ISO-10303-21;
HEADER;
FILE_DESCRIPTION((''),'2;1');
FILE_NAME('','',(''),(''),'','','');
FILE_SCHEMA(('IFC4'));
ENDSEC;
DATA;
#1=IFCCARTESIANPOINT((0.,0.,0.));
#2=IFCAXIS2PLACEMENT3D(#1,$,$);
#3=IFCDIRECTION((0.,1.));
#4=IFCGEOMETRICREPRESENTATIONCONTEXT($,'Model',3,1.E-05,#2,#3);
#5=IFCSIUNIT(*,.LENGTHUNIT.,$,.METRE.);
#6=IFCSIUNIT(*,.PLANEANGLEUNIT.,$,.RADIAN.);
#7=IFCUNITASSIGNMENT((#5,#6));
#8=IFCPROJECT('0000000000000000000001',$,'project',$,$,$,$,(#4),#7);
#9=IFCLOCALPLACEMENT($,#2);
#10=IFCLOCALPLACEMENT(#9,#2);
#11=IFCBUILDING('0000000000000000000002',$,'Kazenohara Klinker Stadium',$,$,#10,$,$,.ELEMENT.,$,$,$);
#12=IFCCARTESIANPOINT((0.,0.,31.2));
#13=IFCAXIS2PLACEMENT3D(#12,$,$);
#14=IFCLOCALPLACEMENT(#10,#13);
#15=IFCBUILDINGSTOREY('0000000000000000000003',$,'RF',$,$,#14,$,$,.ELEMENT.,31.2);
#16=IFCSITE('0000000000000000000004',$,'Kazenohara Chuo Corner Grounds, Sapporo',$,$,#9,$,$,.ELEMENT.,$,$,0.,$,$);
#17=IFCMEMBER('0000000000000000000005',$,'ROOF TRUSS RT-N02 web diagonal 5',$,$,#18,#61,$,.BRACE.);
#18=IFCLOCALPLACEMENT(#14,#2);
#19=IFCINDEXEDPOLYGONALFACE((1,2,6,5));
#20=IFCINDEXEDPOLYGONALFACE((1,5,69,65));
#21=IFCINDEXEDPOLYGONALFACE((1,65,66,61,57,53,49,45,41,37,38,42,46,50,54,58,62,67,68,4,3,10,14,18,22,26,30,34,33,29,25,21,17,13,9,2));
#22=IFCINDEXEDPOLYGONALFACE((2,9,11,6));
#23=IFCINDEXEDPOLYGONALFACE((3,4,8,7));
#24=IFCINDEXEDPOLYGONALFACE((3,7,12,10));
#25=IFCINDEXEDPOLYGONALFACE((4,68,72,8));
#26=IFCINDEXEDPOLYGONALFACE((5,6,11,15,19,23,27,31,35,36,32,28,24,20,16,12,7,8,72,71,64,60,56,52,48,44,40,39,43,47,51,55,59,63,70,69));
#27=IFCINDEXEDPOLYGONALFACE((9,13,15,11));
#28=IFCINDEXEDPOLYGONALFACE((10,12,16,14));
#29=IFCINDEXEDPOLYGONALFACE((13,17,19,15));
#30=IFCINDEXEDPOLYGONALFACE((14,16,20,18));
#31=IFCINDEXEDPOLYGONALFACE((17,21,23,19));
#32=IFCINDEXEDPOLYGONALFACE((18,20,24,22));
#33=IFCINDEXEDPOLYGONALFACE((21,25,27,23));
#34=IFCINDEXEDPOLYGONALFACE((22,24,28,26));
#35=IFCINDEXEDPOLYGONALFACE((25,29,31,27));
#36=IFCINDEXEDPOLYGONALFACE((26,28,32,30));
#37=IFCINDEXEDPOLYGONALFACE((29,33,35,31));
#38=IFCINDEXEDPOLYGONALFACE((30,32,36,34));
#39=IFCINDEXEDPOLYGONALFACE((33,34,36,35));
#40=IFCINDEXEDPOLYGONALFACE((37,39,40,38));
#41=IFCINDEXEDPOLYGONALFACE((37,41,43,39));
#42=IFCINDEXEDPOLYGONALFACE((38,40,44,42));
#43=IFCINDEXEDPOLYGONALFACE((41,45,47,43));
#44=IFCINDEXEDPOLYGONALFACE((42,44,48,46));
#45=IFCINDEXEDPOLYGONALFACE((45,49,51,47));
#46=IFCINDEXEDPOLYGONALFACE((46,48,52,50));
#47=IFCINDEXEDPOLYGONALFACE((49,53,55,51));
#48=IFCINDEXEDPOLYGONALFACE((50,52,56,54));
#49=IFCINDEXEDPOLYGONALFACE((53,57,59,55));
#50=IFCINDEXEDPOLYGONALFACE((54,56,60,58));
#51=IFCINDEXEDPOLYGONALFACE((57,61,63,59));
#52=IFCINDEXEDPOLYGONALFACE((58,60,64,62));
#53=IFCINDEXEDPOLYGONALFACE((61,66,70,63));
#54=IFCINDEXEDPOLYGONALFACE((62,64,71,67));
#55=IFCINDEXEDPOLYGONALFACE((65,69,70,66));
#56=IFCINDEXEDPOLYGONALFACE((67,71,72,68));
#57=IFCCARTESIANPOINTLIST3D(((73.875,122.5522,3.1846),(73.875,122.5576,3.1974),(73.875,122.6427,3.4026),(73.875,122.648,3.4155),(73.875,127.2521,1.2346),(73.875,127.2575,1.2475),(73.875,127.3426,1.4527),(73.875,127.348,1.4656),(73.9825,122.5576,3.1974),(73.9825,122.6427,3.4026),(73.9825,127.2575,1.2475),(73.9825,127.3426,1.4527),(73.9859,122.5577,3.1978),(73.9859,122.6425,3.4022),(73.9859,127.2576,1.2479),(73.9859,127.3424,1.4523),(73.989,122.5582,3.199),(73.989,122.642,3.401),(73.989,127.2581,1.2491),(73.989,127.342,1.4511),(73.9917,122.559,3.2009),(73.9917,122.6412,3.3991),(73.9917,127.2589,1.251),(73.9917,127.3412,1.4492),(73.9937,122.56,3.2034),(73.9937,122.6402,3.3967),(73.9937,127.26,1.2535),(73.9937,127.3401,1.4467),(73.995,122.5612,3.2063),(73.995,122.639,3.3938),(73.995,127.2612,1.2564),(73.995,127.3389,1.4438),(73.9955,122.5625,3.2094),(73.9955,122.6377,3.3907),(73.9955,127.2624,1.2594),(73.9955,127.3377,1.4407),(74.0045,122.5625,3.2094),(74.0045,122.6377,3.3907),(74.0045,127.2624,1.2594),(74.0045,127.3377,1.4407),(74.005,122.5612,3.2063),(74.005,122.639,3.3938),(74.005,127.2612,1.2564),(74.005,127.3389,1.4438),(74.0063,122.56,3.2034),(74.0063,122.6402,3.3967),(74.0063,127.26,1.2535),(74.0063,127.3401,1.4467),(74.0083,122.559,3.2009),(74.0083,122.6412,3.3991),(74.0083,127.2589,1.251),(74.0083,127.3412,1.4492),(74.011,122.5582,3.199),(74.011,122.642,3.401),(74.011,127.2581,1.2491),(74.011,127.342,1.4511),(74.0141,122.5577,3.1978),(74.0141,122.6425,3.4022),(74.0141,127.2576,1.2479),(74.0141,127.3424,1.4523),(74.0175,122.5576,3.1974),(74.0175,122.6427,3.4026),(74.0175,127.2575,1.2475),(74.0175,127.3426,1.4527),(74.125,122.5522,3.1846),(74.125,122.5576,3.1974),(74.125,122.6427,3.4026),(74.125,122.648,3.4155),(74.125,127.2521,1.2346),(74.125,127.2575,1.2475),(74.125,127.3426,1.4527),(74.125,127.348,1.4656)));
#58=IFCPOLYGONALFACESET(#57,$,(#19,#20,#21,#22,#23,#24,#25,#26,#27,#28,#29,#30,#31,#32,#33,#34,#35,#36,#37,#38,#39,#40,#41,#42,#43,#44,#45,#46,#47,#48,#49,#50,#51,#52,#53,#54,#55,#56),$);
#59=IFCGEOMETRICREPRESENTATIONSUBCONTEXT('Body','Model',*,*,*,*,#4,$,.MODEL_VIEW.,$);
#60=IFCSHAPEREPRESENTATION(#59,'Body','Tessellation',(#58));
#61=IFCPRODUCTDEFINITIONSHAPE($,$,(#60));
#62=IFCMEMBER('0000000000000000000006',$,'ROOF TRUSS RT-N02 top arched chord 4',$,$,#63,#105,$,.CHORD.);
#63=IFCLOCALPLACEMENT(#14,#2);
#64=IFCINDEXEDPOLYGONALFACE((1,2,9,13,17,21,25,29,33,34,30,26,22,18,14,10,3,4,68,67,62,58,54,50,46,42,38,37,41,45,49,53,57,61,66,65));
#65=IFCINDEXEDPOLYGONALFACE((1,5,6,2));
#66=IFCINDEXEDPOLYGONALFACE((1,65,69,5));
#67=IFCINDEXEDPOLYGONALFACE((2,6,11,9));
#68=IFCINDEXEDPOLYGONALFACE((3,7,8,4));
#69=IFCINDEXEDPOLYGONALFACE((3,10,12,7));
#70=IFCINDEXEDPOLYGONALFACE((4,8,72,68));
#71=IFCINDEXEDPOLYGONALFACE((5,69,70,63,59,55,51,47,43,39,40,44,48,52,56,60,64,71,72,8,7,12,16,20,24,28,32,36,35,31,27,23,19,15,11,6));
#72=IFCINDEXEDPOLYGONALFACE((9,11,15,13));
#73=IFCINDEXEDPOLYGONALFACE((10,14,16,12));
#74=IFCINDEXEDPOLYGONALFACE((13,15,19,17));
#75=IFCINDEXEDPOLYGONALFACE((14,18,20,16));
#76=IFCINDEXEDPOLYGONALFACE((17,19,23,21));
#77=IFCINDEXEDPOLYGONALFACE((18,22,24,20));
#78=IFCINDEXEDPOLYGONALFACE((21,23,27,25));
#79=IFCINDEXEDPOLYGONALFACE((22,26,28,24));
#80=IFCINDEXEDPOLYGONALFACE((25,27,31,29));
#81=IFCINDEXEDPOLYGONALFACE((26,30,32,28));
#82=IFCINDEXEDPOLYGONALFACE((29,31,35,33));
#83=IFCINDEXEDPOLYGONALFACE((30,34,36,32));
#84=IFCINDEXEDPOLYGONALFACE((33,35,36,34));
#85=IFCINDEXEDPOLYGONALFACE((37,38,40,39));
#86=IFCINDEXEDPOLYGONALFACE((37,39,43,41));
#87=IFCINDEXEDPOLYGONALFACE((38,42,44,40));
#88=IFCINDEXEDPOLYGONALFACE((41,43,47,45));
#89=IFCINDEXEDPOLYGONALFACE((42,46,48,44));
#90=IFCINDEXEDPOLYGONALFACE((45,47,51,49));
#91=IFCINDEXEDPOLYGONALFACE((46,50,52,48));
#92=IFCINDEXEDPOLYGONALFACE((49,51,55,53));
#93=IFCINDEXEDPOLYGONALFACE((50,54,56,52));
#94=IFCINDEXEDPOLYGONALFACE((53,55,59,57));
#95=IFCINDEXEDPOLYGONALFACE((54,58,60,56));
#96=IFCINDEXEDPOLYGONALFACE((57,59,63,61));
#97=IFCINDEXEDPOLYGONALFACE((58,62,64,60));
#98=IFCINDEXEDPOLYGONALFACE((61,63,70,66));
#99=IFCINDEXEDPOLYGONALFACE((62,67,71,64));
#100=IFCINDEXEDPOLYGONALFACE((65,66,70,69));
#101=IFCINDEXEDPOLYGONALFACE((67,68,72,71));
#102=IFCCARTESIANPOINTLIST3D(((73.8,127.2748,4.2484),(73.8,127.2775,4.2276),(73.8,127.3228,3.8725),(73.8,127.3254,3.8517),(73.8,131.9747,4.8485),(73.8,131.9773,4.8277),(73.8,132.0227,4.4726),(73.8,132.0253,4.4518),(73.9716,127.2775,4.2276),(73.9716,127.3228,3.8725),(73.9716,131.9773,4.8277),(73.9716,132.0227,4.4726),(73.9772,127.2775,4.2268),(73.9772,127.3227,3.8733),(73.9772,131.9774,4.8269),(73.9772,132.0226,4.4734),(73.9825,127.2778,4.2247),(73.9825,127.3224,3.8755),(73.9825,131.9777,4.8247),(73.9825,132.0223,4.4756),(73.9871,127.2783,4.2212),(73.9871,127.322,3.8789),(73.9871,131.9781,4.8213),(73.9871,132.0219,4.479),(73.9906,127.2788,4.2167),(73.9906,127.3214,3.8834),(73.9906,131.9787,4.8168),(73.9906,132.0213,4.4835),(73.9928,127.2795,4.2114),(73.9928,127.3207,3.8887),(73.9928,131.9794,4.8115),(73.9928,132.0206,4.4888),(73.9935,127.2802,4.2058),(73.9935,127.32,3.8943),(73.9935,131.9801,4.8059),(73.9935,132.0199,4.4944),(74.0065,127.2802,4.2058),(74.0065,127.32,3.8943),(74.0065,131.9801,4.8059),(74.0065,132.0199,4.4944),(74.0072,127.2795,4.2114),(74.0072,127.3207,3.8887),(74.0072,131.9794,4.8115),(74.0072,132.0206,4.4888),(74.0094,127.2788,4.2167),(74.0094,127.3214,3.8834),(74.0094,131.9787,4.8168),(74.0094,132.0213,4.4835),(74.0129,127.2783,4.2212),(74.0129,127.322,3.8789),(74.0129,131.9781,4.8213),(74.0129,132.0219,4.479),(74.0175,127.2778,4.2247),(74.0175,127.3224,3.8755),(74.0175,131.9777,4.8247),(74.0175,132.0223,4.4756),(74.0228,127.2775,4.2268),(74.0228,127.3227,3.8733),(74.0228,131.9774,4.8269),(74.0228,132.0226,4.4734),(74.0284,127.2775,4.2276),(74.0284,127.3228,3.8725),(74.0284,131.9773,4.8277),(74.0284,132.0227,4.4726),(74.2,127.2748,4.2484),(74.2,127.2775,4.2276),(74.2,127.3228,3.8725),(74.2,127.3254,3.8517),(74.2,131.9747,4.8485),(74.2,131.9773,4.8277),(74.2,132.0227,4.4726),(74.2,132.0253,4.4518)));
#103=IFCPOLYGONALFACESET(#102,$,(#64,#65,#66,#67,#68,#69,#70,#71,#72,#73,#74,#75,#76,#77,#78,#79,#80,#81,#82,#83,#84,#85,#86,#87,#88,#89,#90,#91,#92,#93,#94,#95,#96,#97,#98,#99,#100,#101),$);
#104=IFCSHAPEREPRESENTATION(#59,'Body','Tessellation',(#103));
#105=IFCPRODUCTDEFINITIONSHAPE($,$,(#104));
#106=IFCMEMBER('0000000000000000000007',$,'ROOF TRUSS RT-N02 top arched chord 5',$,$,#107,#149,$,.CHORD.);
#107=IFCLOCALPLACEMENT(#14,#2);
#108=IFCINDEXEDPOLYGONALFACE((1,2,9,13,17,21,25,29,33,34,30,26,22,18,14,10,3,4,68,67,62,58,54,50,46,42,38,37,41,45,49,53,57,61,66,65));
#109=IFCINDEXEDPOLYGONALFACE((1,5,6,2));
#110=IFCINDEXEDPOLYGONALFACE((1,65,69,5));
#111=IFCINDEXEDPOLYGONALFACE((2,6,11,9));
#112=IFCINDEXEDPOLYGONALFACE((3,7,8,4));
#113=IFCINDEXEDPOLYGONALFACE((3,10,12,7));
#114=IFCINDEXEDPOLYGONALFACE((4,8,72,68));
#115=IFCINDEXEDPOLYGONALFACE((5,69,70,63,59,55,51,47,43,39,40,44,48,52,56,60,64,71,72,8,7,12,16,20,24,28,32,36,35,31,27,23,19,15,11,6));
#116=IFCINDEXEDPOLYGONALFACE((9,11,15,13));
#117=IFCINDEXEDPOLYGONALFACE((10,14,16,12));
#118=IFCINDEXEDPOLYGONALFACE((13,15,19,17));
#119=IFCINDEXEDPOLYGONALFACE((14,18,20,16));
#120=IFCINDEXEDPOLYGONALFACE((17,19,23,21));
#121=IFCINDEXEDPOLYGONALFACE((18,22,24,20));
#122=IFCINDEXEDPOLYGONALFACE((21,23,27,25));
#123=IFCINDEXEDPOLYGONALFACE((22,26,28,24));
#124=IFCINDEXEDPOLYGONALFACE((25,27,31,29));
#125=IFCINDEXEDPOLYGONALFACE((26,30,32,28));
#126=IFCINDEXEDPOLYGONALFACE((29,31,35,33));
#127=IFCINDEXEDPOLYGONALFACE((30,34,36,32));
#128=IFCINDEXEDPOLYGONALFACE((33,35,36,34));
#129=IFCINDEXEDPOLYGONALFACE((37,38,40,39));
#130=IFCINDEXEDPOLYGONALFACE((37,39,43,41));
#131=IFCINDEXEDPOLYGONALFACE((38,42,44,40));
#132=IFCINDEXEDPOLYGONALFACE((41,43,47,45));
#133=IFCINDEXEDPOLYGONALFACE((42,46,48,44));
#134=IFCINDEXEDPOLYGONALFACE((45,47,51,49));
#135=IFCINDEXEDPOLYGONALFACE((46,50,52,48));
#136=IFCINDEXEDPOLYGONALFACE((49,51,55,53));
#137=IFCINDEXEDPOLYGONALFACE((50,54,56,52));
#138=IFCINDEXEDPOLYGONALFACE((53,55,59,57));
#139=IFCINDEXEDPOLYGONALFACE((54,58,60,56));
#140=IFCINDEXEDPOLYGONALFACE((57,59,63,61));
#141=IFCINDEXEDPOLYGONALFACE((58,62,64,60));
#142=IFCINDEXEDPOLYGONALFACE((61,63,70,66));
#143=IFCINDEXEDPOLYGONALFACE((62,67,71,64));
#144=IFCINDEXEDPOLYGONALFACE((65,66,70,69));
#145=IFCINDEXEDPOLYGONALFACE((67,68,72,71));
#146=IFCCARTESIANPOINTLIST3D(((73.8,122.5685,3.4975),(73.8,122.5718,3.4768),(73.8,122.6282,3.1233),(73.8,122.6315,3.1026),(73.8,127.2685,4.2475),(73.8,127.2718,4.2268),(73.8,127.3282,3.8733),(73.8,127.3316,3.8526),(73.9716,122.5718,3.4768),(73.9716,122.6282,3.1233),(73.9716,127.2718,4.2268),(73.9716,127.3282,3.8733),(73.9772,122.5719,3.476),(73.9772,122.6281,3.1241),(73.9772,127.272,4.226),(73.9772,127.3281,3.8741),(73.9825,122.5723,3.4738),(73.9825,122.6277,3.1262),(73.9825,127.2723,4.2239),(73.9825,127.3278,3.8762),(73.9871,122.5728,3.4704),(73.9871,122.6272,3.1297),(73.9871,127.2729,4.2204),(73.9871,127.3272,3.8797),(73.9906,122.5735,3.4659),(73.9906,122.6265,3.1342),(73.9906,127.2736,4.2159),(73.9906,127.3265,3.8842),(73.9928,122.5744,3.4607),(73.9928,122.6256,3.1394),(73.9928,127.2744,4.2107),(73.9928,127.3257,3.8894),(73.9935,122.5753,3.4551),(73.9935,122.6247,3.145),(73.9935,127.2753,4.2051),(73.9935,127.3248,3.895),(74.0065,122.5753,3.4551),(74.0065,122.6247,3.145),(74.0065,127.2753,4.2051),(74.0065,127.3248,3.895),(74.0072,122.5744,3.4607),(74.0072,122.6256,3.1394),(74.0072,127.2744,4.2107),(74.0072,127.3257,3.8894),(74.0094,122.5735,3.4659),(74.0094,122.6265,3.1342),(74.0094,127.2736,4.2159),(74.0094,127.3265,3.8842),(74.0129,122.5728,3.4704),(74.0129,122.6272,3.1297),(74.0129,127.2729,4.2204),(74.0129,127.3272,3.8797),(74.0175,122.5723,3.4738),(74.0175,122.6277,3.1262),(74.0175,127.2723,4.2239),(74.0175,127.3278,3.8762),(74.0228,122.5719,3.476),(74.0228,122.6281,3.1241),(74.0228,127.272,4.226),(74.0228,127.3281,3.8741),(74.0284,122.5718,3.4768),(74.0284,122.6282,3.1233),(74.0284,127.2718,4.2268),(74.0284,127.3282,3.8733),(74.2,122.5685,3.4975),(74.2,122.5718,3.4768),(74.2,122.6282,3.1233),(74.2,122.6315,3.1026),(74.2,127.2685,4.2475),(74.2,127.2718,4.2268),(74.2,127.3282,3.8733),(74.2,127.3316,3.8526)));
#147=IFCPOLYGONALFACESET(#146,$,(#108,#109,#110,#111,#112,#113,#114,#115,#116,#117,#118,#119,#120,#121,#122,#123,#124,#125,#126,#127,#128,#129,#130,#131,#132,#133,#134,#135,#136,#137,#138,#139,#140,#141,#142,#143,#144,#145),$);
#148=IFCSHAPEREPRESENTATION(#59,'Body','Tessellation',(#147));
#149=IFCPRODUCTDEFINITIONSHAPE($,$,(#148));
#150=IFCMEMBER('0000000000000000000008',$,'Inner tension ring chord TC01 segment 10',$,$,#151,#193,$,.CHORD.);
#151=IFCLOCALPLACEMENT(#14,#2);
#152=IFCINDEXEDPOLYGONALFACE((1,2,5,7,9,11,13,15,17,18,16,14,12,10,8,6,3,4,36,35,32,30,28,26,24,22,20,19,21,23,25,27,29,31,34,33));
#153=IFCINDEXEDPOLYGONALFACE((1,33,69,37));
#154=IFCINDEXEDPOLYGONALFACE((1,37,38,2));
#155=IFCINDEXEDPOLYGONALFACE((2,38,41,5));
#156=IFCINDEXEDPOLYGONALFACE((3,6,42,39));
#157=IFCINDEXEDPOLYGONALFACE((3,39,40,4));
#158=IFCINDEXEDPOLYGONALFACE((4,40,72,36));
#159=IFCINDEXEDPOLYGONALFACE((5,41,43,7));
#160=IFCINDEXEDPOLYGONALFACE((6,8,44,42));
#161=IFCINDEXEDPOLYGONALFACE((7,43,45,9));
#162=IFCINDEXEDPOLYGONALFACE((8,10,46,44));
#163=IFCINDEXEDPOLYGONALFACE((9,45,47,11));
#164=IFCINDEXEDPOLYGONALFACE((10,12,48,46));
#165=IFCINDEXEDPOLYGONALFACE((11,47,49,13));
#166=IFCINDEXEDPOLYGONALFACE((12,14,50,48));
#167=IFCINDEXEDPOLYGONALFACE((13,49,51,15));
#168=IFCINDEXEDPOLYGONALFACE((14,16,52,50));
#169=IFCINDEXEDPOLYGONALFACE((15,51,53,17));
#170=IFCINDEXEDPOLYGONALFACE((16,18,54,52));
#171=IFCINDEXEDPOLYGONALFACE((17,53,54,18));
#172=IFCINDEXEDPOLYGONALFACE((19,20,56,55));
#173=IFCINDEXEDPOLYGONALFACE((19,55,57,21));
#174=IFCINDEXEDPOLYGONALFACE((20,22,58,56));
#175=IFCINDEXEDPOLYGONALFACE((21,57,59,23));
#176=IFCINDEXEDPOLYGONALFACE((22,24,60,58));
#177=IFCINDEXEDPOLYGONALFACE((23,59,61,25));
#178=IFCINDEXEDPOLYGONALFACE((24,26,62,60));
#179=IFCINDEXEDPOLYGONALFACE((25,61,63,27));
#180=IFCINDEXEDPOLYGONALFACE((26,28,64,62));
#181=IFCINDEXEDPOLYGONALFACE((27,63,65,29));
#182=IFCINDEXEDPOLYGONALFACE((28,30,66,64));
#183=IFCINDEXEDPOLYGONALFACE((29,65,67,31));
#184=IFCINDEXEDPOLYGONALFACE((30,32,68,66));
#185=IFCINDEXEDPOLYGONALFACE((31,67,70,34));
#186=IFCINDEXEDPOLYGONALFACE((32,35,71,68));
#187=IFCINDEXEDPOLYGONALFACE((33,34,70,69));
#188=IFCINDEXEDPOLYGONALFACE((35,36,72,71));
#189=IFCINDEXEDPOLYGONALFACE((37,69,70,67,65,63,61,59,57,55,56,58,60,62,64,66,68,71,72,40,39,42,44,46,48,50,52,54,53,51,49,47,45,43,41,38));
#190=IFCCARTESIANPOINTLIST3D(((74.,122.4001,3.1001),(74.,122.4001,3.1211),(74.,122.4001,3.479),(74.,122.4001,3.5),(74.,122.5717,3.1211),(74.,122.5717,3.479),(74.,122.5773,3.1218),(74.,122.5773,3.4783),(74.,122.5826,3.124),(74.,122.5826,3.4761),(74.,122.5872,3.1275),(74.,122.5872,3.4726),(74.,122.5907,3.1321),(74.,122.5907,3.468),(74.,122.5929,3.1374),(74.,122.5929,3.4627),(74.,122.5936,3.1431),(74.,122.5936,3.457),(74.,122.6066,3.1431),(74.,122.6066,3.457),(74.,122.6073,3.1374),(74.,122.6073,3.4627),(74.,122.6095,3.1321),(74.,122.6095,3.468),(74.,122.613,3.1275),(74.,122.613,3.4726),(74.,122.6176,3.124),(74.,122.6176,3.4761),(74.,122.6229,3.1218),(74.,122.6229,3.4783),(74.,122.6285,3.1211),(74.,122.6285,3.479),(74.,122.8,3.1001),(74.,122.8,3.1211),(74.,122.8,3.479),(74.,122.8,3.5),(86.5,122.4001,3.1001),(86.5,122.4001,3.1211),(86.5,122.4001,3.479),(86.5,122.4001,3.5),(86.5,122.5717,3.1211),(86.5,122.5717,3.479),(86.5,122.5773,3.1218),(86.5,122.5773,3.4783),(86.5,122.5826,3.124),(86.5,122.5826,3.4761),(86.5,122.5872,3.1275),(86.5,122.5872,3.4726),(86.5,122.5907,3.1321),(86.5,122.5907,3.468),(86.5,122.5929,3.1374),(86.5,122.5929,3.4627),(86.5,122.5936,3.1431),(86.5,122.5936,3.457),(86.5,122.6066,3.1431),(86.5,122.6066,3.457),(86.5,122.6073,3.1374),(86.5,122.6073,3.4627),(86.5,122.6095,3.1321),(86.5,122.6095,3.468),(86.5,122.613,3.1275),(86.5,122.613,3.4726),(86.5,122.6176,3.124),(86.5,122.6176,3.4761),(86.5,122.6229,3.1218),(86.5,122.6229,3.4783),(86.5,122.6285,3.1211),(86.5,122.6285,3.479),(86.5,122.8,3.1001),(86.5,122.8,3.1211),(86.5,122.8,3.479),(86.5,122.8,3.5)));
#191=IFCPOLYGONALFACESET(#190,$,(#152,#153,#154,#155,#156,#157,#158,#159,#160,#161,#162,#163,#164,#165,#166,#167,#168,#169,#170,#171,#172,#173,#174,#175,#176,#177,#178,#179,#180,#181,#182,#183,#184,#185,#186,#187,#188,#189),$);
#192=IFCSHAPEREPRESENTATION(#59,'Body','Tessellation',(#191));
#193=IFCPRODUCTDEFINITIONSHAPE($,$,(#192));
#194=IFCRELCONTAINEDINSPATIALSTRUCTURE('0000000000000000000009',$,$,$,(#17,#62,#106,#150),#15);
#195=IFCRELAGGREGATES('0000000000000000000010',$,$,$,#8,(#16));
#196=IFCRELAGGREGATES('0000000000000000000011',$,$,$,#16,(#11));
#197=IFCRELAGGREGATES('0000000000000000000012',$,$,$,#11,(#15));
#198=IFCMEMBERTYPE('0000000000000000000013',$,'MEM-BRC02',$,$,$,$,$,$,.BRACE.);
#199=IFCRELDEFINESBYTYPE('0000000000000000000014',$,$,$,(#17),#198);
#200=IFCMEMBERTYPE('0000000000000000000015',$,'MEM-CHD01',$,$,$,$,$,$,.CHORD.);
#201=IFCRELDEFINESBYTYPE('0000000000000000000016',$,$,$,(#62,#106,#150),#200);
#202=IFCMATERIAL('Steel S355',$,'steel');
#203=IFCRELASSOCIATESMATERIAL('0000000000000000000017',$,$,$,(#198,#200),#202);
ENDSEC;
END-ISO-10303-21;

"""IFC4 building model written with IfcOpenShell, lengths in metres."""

from ifc_helpers import new_model, si_unit, direction, frame, origin, origin_2d, place, context, subcontext, project, spatial, i_section, extrude, material, material_profile, profile_set, type_object, element, save


model = new_model("IFC4")

# Units and contexts
model_context = context("Model", 3, precision=1e-05, world=origin(), true_north=direction((0.0, 1.0)))
body_context = subcontext(model_context, "Body", "Model", "MODEL_VIEW")
ifc_project = project(units=[si_unit("LENGTHUNIT", "METRE"), si_unit("PLANEANGLEUNIT", "RADIAN")], contexts=[model_context])

# Site, building, storey
site_placement = place(None, origin())
site = spatial("IfcSite", under=ifc_project, at=site_placement, Name="Kazenohara Chuo Corner Grounds, Sapporo", CompositionType="ELEMENT", RefElevation=0.0)
building_placement = place(site_placement, origin())
building = spatial("IfcBuilding", under=site, at=building_placement, Name="Kazenohara Klinker Stadium", CompositionType="ELEMENT")
storey_placement = place(building_placement, frame((0.0, 0.0, 31.2)))
storey = spatial("IfcBuildingStorey", under=building, at=storey_placement, Name="RF", CompositionType="ELEMENT", Elevation=31.2)

# Members
ifc_material_1 = material(Name="Steel S355", Category="steel")
ifc_material_profile_1 = material_profile(ifc_material_1, i_section(OverallWidth=0.25, OverallDepth=0.25, WebThickness=0.009, FlangeThickness=0.0139, FilletRadius=0.0129, at=origin_2d()), Name="H-250x250x9x14")
ifc_profile_set_1 = profile_set([ifc_material_profile_1], Name="Steel S355")
member_type_1 = type_object("IfcMemberType", Name="MEM-BRC02", PredefinedType="BRACE", material=ifc_profile_set_1)
member_1_placement = place(storey_placement, frame((74.0, 127.3, 1.3501), z_axis=(0.0, -0.923659, 0.383215), x_axis=(1.0, 0.0, 0.0)))
element("IfcMember", 1, at=member_1_placement, inside=storey, type_object=member_type_1, Name="ROOF TRUSS RT-N02 web diagonal 5", PredefinedType="BRACE", context=body_context, shape_type="SweptSolid", body=[
    extrude(i_section(OverallWidth=0.25, OverallDepth=0.25, WebThickness=0.009, FlangeThickness=0.0139, FilletRadius=0.0129, at=origin_2d()), origin(), (0.0, 0.0, 1.0), 5.0884),
])
ifc_material_profile_2 = material_profile(ifc_material_1, i_section(OverallWidth=0.3999, OverallDepth=0.3999, WebThickness=0.0129, FlangeThickness=0.021, FilletRadius=0.022, at=origin_2d()), Name="H-400x400x13x21")
ifc_profile_set_2 = profile_set([ifc_material_profile_2], Name="Steel S355")
member_type_2 = type_object("IfcMemberType", Name="MEM-CHD01", PredefinedType="CHORD", material=ifc_profile_set_2)
member_2_placement = place(storey_placement, frame((74.0, 132.0, 4.6501), z_axis=(0.0, -0.991947, -0.126653), x_axis=(1.0, 0.0, 0.0)))
element("IfcMember", 2, at=member_2_placement, inside=storey, type_object=member_type_2, Name="ROOF TRUSS RT-N02 top arched chord 4", PredefinedType="CHORD", context=body_context, shape_type="SweptSolid", body=[
    extrude(i_section(OverallWidth=0.3999, OverallDepth=0.3999, WebThickness=0.0129, FlangeThickness=0.021, FilletRadius=0.022, at=origin_2d()), origin(), (0.0, 0.0, 1.0), 4.738),
])
member_3_placement = place(storey_placement, frame((74.0, 127.3, 4.05), z_axis=(0.0, -0.987506, -0.157582), x_axis=(1.0, 0.0, 0.0)))
element("IfcMember", 3, at=member_3_placement, inside=storey, type_object=member_type_2, Name="ROOF TRUSS RT-N02 top arched chord 5", PredefinedType="CHORD", context=body_context, shape_type="SweptSolid", body=[
    extrude(i_section(OverallWidth=0.3999, OverallDepth=0.3999, WebThickness=0.0129, FlangeThickness=0.021, FilletRadius=0.022, at=origin_2d()), origin(), (0.0, 0.0, 1.0), 4.7595),
])
member_4_placement = place(storey_placement, frame((74.0, 122.6001, 3.3), z_axis=(1.0, 0.0, 0.0), x_axis=(0.0, 1.0, 0.0)))
element("IfcMember", 4, at=member_4_placement, inside=storey, type_object=member_type_2, Name="Inner tension ring chord TC01 segment 10", PredefinedType="CHORD", context=body_context, shape_type="SweptSolid", body=[
    extrude(i_section(OverallWidth=0.3999, OverallDepth=0.3999, WebThickness=0.0129, FlangeThickness=0.021, FilletRadius=0.022, at=origin_2d()), origin(), (0.0, 0.0, 1.0), 12.5),
])

save(model, "model.ifc")
